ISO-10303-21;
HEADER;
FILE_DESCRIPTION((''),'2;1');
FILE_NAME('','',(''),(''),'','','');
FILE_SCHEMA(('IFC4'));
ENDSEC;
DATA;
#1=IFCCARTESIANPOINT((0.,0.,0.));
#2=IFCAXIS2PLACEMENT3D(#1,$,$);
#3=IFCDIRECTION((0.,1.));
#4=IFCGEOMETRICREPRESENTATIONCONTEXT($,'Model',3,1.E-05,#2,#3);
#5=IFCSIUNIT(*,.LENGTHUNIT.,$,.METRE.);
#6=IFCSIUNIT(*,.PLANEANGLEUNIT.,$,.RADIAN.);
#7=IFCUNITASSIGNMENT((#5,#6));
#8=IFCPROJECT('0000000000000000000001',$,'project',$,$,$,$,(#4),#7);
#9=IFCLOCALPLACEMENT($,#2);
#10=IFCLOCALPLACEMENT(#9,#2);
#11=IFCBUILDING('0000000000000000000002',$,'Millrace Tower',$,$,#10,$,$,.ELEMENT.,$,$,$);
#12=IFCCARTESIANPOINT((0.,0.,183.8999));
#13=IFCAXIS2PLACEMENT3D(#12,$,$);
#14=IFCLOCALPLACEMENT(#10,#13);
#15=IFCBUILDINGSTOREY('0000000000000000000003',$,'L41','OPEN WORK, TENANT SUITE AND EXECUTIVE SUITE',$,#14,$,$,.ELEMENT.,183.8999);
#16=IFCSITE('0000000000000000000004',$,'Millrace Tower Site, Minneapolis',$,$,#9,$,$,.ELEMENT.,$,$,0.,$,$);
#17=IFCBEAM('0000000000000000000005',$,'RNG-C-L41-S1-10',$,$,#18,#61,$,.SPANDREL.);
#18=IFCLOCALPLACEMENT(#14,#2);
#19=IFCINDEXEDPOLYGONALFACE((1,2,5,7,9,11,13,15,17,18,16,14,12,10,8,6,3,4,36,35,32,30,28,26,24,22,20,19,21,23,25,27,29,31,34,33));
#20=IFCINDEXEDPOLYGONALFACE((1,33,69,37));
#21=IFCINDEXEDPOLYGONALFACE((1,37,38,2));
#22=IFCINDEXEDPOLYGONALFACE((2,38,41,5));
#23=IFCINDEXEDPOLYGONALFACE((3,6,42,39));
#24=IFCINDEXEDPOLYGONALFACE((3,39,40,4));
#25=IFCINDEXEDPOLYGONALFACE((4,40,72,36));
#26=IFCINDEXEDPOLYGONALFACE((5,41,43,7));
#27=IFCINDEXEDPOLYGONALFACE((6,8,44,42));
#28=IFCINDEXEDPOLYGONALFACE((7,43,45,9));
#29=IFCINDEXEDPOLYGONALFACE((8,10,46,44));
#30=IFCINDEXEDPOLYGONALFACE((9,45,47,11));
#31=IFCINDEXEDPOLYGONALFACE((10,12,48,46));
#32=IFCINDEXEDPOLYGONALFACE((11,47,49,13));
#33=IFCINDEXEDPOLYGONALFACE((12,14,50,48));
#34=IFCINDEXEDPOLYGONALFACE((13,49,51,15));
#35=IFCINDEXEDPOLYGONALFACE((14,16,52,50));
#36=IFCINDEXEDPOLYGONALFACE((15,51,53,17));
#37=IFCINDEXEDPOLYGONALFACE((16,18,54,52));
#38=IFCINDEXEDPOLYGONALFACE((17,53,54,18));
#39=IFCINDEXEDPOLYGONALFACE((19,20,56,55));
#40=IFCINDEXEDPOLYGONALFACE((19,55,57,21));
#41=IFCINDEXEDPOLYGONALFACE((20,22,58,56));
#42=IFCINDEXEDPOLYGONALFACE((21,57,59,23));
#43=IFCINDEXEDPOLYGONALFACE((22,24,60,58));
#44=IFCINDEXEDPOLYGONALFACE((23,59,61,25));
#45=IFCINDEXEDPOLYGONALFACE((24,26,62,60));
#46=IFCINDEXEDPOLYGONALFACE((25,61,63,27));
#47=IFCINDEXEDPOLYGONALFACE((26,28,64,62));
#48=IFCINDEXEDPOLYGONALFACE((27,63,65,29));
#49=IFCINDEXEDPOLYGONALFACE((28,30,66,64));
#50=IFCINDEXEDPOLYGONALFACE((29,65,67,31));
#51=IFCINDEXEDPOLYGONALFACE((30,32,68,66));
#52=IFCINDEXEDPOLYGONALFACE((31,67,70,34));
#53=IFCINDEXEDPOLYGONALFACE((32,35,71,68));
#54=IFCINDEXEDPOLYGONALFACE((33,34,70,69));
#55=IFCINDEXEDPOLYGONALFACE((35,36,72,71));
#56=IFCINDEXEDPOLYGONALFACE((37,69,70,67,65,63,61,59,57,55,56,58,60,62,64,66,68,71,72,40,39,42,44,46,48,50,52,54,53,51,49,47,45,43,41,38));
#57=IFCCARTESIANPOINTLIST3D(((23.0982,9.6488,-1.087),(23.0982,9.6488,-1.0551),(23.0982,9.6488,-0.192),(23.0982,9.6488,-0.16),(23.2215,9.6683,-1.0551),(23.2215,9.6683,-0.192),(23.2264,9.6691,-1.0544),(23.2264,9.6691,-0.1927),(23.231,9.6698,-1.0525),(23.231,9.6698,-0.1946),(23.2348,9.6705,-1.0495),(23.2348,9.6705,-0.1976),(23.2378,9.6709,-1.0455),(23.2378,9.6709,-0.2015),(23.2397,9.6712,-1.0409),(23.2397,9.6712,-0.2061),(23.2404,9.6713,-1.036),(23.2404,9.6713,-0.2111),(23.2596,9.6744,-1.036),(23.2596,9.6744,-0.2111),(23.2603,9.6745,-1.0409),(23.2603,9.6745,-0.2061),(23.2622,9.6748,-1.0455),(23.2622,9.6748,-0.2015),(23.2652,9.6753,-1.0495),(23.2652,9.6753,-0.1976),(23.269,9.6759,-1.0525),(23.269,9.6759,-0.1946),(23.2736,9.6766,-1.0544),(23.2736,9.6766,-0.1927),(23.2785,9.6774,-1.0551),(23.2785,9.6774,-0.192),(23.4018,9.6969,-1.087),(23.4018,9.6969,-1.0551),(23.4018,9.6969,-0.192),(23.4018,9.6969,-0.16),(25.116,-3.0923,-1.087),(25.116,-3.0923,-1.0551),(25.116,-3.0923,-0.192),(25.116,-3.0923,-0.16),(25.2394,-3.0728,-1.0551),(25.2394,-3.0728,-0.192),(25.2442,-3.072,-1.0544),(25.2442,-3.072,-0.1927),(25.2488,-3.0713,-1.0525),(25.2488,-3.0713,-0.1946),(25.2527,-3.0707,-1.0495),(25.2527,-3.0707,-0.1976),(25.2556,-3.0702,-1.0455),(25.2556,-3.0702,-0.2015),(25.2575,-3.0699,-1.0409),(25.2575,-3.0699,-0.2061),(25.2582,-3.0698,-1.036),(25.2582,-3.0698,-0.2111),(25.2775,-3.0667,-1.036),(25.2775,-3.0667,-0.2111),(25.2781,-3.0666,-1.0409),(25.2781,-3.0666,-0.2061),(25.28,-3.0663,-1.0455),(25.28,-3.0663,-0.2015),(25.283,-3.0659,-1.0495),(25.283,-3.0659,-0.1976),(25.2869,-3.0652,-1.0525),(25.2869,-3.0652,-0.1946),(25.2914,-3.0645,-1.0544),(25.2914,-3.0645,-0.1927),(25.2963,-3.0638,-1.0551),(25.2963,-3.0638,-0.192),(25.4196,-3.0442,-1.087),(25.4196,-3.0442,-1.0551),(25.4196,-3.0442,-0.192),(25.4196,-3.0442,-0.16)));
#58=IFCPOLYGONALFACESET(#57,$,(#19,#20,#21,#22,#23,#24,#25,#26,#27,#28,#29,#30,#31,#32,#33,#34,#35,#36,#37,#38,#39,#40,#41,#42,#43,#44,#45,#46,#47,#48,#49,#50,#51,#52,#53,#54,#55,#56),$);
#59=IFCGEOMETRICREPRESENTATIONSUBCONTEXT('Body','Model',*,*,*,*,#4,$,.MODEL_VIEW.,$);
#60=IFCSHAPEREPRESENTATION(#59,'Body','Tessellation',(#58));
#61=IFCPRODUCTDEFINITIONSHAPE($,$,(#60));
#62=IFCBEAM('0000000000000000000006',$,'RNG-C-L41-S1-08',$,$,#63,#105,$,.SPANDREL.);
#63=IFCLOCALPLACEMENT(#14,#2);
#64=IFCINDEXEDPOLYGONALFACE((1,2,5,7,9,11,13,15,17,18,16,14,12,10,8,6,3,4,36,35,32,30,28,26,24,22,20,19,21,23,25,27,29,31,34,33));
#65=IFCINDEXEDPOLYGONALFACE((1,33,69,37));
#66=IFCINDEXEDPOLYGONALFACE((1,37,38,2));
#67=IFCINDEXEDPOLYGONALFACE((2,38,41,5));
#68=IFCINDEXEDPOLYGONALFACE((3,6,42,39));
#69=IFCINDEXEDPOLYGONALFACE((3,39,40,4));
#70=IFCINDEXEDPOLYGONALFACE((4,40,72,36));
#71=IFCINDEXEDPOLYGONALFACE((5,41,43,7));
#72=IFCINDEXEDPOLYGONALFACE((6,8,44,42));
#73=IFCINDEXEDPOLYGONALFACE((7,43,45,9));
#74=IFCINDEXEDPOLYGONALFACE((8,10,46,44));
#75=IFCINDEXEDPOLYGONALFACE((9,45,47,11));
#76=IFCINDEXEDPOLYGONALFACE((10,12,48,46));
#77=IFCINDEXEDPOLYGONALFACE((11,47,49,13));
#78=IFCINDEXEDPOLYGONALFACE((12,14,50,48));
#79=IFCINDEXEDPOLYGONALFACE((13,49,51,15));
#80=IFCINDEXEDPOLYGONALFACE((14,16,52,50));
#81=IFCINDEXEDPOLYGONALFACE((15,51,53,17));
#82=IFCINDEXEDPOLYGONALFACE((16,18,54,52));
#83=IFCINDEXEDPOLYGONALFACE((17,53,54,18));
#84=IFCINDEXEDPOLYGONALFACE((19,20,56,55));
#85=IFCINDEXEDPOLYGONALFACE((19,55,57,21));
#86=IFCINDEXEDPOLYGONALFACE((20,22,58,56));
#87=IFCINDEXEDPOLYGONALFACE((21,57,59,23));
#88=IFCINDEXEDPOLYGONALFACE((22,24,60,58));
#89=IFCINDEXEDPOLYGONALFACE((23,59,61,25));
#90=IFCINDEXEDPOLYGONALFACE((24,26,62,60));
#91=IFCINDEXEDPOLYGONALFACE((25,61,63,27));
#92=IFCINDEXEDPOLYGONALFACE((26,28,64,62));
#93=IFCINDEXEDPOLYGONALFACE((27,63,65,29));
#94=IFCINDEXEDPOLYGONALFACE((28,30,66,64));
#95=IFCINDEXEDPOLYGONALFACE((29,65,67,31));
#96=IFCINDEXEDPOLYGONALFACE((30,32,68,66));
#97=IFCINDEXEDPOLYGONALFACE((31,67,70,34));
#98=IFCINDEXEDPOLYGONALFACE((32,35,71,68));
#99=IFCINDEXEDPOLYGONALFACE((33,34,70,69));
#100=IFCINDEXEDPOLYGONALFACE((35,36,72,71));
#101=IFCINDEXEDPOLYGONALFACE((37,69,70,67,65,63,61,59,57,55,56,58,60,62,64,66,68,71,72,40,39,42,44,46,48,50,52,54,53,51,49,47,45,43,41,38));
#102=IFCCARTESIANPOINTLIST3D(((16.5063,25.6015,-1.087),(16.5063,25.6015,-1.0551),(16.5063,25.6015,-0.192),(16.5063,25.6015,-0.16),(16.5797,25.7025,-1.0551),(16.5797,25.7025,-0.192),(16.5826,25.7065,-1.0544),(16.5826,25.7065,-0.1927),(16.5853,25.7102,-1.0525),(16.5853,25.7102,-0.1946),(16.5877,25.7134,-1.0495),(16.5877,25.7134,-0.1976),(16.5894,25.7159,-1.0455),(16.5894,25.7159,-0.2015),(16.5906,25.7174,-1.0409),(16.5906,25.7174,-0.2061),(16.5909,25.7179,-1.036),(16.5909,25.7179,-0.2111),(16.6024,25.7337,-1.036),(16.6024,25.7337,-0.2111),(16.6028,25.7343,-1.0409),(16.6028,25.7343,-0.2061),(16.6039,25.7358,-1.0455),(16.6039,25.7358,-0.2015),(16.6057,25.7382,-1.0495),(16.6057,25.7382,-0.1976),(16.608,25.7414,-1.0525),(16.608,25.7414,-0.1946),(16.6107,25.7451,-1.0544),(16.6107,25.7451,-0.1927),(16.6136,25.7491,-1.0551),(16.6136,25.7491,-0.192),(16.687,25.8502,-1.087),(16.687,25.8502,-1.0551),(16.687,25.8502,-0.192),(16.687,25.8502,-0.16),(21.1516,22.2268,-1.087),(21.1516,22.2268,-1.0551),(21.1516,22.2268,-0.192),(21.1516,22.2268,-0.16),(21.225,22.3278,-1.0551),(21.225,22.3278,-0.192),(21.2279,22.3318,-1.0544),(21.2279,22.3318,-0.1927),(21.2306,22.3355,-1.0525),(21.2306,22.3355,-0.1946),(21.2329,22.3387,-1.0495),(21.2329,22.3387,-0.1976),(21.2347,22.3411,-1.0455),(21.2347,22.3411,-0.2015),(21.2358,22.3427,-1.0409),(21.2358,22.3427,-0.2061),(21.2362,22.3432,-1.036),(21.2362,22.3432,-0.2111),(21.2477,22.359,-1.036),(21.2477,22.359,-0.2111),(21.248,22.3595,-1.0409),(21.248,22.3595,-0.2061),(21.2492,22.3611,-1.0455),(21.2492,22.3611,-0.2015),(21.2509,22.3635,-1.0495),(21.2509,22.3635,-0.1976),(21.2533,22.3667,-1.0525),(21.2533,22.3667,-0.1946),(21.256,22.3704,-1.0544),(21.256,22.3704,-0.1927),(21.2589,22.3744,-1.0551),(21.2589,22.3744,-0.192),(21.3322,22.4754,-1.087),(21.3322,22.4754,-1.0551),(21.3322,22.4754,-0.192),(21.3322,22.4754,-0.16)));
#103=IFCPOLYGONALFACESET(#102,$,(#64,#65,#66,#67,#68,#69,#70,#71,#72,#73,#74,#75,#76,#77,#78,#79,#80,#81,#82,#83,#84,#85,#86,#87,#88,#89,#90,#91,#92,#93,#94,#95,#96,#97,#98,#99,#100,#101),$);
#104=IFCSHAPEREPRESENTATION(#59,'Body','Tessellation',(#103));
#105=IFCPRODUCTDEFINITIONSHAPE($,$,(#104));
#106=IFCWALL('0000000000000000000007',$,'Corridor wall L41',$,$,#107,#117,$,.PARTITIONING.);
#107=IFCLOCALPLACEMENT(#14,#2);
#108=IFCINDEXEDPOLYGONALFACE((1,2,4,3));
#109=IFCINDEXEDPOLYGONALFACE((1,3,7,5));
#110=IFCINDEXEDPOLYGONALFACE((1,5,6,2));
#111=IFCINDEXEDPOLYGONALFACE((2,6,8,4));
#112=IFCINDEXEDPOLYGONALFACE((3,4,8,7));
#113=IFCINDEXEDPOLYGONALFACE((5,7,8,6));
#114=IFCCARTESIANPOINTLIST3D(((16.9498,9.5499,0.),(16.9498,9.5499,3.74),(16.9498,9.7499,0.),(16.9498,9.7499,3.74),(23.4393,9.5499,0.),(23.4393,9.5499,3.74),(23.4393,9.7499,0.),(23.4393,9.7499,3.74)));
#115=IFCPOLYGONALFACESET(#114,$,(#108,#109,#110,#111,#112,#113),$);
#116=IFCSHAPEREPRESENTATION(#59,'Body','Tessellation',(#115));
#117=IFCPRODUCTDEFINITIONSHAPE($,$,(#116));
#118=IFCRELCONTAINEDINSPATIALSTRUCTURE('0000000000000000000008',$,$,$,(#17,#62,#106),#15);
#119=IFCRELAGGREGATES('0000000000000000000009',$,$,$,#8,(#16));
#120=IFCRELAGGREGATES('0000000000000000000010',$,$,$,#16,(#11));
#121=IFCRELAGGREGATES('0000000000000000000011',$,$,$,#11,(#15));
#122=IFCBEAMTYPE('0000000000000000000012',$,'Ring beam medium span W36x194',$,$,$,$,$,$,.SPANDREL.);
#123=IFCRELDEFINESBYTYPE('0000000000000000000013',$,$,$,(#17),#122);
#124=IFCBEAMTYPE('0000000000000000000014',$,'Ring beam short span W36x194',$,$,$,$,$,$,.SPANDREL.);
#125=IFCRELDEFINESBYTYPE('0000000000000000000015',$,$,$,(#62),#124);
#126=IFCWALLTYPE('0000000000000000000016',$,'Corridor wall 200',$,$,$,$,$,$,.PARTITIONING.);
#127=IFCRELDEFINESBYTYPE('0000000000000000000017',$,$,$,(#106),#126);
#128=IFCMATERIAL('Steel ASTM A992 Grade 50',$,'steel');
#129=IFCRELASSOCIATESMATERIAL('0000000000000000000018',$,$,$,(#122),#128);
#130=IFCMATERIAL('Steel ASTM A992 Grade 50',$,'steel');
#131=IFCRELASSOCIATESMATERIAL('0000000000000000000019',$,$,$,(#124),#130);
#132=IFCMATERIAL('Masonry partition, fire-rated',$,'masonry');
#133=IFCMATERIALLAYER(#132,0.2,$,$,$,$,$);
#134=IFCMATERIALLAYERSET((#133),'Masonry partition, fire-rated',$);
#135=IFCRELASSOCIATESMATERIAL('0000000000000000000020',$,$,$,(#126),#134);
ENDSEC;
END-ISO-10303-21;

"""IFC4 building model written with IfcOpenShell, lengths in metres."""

from ifc_helpers import new_model, si_unit, direction, frame, frame_2d, origin, origin_2d, place, context, subcontext, project, spatial, rectangle, i_section, extrude, material, layer, layer_set, material_profile, profile_set, type_object, element, save


model = new_model("IFC4")

# Units and contexts
model_context = context("Model", 3, precision=1e-05, world=origin(), true_north=direction((0.0, 1.0)))
body_context = subcontext(model_context, "Body", "Model", "MODEL_VIEW")
ifc_project = project(units=[si_unit("LENGTHUNIT", "METRE"), si_unit("PLANEANGLEUNIT", "RADIAN")], contexts=[model_context])

# Site, building, storey
site_placement = place(None, origin())
site = spatial("IfcSite", under=ifc_project, at=site_placement, Name="Millrace Tower Site, Minneapolis", CompositionType="ELEMENT", RefElevation=0.0)
building_placement = place(site_placement, origin())
building = spatial("IfcBuilding", under=site, at=building_placement, Name="Millrace Tower", CompositionType="ELEMENT")
storey_placement = place(building_placement, frame((0.0, 0.0, 183.8999)))
storey = spatial("IfcBuildingStorey", under=building, at=storey_placement, Name="L41", Description="OPEN WORK, TENANT SUITE AND EXECUTIVE SUITE", CompositionType="ELEMENT", Elevation=183.8999)

# Beams
ifc_material_1 = material(Name="Steel ASTM A992 Grade 50", Category="steel")
ifc_material_profile_1 = material_profile(ifc_material_1, i_section(OverallWidth=0.3074, OverallDepth=0.927, WebThickness=0.0195, FlangeThickness=0.032, FilletRadius=0.019, at=origin_2d()))
ifc_profile_set_1 = profile_set([ifc_material_profile_1], Name="Steel ASTM A992 Grade 50")
beam_type_1 = type_object("IfcBeamType", Name="Ring beam medium span W36x194", PredefinedType="SPANDREL", material=ifc_profile_set_1)
beam_1_placement = place(storey_placement, frame((23.25, 9.6729, -0.6235), z_axis=(0.15642, -0.987691, 0.0), x_axis=(0.987691, 0.15642, 0.0)))
element("IfcBeam", 1, at=beam_1_placement, inside=storey, type_object=beam_type_1, Name="RNG-C-L41-S1-10", PredefinedType="SPANDREL", context=body_context, shape_type="SweptSolid", body=[
    extrude(i_section(OverallWidth=0.3074, OverallDepth=0.927, WebThickness=0.0195, FlangeThickness=0.032, FilletRadius=0.019, at=origin_2d()), origin(), (0.0, 0.0, 1.0), 12.8999),
])
ifc_material_2 = material(Name="Steel ASTM A992 Grade 50", Category="steel")
ifc_material_profile_2 = material_profile(ifc_material_2, i_section(OverallWidth=0.3074, OverallDepth=0.927, WebThickness=0.0195, FlangeThickness=0.032, FilletRadius=0.019, at=origin_2d()))
ifc_profile_set_2 = profile_set([ifc_material_profile_2], Name="Steel ASTM A992 Grade 50")
beam_type_2 = type_object("IfcBeamType", Name="Ring beam short span W36x194", PredefinedType="SPANDREL", material=ifc_profile_set_2)
beam_2_placement = place(storey_placement, frame((16.5967, 25.7258, -0.6235), z_axis=(0.809036, -0.58776, 0.0), x_axis=(0.58776, 0.809036, 0.0)))
element("IfcBeam", 2, at=beam_2_placement, inside=storey, type_object=beam_type_2, Name="RNG-C-L41-S1-08", PredefinedType="SPANDREL", context=body_context, shape_type="SweptSolid", body=[
    extrude(i_section(OverallWidth=0.3074, OverallDepth=0.927, WebThickness=0.0195, FlangeThickness=0.032, FilletRadius=0.019, at=origin_2d()), origin(), (0.0, 0.0, 1.0), 5.7417),
])

# Wall
ifc_material_3 = material(Name="Masonry partition, fire-rated", Category="masonry")
ifc_layer_1 = layer(ifc_material_3, 0.2)
ifc_layer_set_1 = layer_set([ifc_layer_1], Name="Masonry partition, fire-rated")
wall_type = type_object("IfcWallType", Name="Corridor wall 200", PredefinedType="PARTITIONING", material=ifc_layer_set_1)
wall_placement = place(storey_placement, frame((16.95, 9.6499, 0.0), z_axis=(0.0, 0.0, 1.0), x_axis=(1.0, 0.0, 0.0)))
element("IfcWall", 3, at=wall_placement, inside=storey, type_object=wall_type, Name="Corridor wall L41", PredefinedType="PARTITIONING", context=body_context, shape_type="SweptSolid", body=[
    extrude(rectangle(XDim=6.4895, YDim=0.2, at=frame_2d((3.2446, 0.0))), origin(), (0.0, 0.0, 1.0), 3.74),
])

save(model, "model.ifc")
